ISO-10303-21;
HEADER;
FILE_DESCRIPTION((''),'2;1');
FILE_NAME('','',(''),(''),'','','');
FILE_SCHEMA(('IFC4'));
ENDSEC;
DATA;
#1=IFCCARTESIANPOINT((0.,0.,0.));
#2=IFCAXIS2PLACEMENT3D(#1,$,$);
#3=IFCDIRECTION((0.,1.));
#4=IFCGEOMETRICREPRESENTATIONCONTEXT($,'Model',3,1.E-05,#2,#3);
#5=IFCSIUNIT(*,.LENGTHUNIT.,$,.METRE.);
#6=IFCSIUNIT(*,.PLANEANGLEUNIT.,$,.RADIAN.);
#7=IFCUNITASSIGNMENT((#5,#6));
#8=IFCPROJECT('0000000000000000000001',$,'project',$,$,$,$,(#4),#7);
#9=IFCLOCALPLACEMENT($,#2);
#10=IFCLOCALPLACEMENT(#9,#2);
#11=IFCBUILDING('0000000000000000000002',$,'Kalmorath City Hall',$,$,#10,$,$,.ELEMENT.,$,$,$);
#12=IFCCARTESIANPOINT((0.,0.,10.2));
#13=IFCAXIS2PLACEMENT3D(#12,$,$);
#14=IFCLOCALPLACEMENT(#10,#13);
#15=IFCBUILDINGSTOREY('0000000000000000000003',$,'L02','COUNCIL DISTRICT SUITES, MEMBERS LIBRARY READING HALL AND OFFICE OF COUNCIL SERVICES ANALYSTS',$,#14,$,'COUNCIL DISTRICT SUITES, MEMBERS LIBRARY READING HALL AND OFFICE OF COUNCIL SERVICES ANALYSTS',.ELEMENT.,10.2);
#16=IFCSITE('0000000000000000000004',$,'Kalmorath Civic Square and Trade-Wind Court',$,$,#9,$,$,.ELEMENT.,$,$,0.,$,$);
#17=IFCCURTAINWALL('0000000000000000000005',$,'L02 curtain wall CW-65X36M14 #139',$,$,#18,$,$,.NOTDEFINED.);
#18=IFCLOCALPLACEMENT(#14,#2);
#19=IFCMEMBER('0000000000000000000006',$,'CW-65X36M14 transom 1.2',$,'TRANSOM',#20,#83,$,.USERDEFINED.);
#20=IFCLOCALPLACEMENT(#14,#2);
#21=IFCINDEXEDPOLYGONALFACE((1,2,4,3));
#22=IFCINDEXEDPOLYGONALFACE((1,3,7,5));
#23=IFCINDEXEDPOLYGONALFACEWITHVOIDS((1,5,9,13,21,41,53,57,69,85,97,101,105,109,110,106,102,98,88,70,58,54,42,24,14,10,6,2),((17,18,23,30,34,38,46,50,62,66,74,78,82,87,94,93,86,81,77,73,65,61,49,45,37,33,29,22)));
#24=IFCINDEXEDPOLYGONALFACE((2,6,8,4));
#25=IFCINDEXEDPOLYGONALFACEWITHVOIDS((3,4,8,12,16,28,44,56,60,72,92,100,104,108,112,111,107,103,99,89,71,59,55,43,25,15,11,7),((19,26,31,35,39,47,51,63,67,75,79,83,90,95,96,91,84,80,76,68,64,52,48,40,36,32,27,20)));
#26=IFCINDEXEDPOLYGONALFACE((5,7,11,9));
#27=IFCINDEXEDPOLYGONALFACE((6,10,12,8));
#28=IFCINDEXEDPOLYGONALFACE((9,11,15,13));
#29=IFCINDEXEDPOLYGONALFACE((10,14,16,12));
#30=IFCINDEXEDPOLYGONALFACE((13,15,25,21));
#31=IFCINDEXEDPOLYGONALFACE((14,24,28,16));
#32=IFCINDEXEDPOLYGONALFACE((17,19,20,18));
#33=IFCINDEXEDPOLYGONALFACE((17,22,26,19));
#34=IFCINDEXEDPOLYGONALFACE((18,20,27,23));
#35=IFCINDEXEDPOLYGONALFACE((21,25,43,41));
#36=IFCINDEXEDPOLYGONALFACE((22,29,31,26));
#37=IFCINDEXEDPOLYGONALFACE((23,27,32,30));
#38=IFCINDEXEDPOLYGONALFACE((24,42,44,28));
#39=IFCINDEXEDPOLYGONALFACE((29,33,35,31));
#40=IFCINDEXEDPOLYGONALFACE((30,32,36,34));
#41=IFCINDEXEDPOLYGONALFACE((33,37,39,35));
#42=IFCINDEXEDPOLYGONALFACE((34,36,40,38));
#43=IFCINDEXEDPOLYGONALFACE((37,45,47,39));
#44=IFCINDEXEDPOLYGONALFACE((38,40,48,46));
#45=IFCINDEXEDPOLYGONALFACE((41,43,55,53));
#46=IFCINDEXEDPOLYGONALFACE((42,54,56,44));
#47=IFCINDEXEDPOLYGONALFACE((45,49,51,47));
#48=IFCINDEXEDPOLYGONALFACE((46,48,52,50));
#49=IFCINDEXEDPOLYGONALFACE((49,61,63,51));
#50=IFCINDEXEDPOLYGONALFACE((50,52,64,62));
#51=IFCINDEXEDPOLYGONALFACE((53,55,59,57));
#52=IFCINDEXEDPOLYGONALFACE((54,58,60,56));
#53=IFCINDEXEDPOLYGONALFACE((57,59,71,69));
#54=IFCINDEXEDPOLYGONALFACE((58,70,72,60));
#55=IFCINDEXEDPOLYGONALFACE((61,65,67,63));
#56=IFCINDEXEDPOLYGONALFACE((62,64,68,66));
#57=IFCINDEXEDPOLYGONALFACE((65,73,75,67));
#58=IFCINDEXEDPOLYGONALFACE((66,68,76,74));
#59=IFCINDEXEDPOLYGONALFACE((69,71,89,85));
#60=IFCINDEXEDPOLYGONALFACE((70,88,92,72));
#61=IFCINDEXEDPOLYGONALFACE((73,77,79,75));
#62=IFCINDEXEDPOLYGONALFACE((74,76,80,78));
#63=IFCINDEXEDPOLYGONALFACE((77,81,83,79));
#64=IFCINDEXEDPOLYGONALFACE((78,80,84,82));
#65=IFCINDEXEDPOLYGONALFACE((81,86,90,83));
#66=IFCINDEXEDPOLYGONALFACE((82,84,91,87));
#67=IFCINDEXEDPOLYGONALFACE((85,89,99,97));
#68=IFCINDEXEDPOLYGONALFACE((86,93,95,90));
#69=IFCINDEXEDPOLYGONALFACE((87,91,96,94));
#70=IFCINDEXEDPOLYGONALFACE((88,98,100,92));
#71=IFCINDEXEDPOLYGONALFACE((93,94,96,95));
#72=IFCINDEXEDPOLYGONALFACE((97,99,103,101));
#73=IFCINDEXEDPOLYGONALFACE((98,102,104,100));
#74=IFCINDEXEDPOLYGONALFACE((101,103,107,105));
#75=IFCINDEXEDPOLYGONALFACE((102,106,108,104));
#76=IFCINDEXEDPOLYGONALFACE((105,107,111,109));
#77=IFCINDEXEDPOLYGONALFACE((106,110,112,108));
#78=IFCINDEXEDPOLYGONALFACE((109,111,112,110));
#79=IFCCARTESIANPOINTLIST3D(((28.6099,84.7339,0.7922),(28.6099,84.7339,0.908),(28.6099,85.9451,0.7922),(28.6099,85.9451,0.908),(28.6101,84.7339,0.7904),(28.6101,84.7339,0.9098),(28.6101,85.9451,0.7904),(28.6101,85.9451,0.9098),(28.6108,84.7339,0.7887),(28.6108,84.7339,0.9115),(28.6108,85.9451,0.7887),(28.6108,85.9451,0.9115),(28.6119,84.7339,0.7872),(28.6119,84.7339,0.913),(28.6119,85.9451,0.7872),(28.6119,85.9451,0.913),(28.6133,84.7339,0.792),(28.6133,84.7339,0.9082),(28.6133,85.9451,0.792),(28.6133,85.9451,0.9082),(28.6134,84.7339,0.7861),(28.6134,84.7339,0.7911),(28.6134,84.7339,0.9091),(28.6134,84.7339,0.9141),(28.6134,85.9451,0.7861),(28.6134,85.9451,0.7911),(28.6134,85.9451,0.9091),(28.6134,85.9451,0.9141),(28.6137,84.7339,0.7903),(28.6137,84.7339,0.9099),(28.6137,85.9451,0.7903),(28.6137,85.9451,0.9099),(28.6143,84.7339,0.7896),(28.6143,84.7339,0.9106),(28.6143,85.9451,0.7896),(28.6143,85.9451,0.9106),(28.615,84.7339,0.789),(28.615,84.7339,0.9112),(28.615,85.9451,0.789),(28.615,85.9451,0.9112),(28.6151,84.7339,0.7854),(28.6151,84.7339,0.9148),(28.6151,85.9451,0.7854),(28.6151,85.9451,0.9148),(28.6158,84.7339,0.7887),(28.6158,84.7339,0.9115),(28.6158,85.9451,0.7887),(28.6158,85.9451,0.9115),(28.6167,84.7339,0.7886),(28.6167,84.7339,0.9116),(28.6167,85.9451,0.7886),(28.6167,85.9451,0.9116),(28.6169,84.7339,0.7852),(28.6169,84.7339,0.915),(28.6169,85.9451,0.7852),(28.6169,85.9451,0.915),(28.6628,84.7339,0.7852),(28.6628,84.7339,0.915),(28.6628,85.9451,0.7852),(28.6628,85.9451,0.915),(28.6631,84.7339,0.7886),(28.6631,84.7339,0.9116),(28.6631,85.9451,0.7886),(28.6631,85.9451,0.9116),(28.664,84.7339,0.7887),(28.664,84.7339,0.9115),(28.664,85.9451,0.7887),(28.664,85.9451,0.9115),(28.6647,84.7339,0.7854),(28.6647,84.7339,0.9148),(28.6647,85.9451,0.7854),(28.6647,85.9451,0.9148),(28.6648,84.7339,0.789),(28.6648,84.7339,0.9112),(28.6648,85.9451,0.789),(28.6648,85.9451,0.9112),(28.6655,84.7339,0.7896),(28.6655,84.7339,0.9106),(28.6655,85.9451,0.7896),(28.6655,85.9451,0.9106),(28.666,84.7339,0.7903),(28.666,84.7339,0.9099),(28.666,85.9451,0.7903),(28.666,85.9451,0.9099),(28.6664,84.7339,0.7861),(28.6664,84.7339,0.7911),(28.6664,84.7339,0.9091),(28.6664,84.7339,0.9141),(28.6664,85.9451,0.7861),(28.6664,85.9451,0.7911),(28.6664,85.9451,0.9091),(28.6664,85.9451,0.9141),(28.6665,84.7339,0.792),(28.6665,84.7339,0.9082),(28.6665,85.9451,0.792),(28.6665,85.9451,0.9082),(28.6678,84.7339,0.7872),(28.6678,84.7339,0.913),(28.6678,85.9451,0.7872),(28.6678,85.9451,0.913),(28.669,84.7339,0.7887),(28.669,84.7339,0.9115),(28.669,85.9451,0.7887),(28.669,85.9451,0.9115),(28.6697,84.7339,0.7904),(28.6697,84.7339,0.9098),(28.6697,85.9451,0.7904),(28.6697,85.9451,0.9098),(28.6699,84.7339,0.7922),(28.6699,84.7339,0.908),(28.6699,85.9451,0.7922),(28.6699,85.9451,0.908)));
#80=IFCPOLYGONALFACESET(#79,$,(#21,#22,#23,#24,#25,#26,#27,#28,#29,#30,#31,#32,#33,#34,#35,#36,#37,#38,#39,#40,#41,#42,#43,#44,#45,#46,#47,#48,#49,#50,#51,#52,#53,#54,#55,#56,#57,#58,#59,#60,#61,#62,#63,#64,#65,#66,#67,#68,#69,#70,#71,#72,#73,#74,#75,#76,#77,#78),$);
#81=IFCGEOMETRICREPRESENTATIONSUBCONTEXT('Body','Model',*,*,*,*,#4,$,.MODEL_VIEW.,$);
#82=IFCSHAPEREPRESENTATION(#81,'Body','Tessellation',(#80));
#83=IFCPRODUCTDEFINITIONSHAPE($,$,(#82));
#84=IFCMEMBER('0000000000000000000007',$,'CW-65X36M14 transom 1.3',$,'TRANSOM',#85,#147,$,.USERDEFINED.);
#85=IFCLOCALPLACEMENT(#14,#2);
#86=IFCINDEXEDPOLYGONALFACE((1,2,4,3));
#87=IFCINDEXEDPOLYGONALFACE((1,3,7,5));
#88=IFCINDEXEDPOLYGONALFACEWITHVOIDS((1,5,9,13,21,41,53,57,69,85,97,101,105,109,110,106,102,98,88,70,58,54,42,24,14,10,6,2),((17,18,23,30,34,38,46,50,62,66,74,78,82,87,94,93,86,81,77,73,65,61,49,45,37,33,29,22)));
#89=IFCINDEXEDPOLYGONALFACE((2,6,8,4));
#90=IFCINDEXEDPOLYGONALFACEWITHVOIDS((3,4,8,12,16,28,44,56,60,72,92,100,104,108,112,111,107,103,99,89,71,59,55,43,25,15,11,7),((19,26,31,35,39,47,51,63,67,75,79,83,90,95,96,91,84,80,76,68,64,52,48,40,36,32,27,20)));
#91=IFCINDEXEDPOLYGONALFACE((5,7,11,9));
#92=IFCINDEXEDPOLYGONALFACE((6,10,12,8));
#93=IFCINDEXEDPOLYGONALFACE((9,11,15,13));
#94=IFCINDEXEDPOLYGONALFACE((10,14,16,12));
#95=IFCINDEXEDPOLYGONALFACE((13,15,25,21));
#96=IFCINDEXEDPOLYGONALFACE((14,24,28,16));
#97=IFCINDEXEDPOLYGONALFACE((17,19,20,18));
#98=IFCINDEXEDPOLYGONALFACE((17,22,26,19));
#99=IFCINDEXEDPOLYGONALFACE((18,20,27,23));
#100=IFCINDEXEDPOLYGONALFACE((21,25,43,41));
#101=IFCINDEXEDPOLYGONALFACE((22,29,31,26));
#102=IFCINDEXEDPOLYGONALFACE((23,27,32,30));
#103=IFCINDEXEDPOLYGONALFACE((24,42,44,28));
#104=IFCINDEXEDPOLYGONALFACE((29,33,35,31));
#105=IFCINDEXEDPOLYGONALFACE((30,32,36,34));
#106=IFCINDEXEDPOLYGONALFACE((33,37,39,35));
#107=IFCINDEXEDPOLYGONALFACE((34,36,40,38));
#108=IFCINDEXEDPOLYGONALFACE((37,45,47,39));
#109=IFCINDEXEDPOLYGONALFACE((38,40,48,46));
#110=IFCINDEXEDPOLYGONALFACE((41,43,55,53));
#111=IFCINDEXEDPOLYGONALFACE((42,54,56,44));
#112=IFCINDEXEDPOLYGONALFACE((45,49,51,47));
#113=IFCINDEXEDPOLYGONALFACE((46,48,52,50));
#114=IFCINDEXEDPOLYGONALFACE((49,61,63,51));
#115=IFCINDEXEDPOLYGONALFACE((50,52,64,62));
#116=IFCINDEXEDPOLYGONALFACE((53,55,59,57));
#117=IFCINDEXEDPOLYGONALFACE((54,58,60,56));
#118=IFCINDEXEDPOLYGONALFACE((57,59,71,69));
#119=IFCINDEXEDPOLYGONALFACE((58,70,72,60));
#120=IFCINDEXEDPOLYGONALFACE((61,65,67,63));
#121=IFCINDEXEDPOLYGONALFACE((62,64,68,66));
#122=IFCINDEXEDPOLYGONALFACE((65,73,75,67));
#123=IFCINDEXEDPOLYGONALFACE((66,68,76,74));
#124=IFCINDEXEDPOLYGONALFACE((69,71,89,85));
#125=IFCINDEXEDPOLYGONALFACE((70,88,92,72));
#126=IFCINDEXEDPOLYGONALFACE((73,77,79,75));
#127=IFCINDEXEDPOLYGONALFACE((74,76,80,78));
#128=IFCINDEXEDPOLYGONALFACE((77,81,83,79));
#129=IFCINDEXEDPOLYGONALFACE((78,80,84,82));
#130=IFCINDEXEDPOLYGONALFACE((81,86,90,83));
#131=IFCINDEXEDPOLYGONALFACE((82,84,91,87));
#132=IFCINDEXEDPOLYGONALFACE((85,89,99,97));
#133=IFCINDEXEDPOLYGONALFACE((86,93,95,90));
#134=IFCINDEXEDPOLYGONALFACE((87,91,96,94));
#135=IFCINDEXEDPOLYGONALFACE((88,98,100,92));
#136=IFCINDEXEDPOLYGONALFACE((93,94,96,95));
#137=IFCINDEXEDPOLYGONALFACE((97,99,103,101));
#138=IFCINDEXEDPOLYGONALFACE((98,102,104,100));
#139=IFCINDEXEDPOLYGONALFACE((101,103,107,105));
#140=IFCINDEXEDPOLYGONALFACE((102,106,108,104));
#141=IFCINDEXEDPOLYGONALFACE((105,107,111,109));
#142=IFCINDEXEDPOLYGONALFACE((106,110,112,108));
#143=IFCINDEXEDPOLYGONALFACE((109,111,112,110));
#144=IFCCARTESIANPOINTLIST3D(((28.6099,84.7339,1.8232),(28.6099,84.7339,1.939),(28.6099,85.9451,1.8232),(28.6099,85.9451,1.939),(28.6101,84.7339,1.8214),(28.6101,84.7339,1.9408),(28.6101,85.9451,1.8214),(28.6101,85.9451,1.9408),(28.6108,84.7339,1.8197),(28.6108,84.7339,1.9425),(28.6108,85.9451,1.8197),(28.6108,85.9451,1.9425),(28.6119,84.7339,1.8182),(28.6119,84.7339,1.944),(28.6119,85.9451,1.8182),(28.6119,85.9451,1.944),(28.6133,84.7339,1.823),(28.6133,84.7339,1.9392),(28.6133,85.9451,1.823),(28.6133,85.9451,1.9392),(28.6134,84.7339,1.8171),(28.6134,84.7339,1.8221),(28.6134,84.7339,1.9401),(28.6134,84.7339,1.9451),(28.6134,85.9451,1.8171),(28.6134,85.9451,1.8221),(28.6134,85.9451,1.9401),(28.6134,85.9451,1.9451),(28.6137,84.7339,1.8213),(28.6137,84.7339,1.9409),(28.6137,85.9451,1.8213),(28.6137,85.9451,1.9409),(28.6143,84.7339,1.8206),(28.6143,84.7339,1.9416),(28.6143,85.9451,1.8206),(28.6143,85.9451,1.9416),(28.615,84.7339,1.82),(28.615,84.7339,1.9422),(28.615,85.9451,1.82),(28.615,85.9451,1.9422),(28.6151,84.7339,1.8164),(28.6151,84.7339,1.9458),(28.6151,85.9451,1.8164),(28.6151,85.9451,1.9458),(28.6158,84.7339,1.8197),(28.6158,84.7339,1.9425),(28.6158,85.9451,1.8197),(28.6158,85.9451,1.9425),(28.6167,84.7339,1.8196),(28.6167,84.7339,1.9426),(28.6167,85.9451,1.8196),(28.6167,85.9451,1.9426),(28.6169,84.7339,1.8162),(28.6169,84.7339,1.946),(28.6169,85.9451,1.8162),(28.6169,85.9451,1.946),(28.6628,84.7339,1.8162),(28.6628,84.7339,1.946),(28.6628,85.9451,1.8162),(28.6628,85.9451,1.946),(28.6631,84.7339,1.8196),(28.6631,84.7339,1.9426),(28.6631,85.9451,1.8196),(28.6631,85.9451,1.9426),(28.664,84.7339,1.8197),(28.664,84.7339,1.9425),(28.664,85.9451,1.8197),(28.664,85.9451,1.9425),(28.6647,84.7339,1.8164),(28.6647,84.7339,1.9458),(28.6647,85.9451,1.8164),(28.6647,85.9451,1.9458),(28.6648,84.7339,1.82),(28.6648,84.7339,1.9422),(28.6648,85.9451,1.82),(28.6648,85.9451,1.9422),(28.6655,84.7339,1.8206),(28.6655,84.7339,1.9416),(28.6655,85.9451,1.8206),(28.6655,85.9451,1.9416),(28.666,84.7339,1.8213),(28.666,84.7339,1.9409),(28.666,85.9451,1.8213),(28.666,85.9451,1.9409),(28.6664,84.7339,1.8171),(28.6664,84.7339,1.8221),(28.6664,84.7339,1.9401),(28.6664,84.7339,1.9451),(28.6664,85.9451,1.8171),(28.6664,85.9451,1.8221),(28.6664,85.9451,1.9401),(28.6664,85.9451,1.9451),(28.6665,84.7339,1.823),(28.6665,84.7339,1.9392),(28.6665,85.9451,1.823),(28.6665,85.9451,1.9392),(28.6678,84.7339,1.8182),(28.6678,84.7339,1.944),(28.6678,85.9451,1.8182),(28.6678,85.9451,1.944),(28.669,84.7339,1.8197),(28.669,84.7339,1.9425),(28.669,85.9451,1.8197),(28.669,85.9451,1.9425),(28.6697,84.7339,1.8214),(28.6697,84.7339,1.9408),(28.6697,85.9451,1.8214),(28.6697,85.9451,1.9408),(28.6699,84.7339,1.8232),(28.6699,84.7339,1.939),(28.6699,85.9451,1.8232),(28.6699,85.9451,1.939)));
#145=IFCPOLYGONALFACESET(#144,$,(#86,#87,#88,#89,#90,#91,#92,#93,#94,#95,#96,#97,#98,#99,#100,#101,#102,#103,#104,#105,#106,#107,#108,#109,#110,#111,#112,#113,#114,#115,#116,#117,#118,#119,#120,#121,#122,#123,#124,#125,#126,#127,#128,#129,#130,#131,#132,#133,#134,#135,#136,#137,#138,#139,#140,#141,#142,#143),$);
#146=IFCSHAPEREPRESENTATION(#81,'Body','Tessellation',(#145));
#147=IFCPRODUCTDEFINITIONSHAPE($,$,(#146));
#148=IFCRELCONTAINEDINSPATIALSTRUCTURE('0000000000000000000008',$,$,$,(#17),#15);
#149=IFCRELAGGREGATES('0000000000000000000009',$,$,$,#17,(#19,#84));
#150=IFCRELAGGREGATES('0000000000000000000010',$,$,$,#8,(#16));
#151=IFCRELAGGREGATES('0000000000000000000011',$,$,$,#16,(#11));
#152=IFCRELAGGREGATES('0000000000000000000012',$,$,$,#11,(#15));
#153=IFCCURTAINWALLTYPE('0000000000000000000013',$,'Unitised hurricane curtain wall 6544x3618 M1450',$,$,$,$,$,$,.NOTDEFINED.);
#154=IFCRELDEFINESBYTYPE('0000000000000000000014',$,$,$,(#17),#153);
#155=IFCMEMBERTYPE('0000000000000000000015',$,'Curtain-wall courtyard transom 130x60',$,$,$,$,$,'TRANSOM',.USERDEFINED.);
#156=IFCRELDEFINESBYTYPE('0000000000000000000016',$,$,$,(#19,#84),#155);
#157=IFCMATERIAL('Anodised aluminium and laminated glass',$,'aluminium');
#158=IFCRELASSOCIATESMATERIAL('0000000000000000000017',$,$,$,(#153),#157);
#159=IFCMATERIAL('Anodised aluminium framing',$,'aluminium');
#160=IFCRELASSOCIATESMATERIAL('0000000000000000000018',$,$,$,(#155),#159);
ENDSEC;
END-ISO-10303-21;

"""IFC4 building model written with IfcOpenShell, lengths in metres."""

from ifc_helpers import new_model, si_unit, direction, frame, origin, origin_2d, place, context, subcontext, project, spatial, hollow_rectangle, extrude, material, material_profile, profile_set, type_object, element, aggregate, save


model = new_model("IFC4")

# Units and contexts
model_context = context("Model", 3, precision=1e-05, world=origin(), true_north=direction((0.0, 1.0)))
body_context = subcontext(model_context, "Body", "Model", "MODEL_VIEW")
ifc_project = project(units=[si_unit("LENGTHUNIT", "METRE"), si_unit("PLANEANGLEUNIT", "RADIAN")], contexts=[model_context])

# Site, building, storey
site_placement = place(None, origin())
site = spatial("IfcSite", under=ifc_project, at=site_placement, Name="Kalmorath Civic Square and Trade-Wind Court", CompositionType="ELEMENT", RefElevation=0.0)
building_placement = place(site_placement, origin())
building = spatial("IfcBuilding", under=site, at=building_placement, Name="Kalmorath City Hall", CompositionType="ELEMENT")
storey_placement = place(building_placement, frame((0.0, 0.0, 10.2)))
storey = spatial("IfcBuildingStorey", under=building, at=storey_placement, Name="L02", Description="COUNCIL DISTRICT SUITES, MEMBERS LIBRARY READING HALL AND OFFICE OF COUNCIL SERVICES ANALYSTS", LongName="COUNCIL DISTRICT SUITES, MEMBERS LIBRARY READING HALL AND OFFICE OF COUNCIL SERVICES ANALYSTS", CompositionType="ELEMENT", Elevation=10.2)

# Curtain wall, members
ifc_material_1 = material(Name="Anodised aluminium and laminated glass", Category="aluminium")
curtain_wall_type_1 = type_object("IfcCurtainWallType", Name="Unitised hurricane curtain wall 6544x3618 M1450", PredefinedType="NOTDEFINED", material=ifc_material_1)
curtain_wall_1_placement = place(storey_placement, origin())
curtain_wall_1 = element("IfcCurtainWall", 1, at=curtain_wall_1_placement, inside=storey, type_object=curtain_wall_type_1, Name="L02 curtain wall CW-65X36M14 #139", PredefinedType="NOTDEFINED")
ifc_material_2 = material(Name="Anodised aluminium framing", Category="aluminium")
ifc_material_profile_1 = material_profile(ifc_material_2, hollow_rectangle(XDim=0.0601, YDim=0.1299, WallThickness=0.0034, InnerFilletRadius=0.0034, OuterFilletRadius=0.0071, at=origin_2d()), Name="ALU-TRN-130X60X3.5")
ifc_profile_set_1 = profile_set([ifc_material_profile_1], Name="Anodised aluminium framing")
member_type_1 = type_object("IfcMemberType", Name="Curtain-wall courtyard transom 130x60", ElementType="TRANSOM", PredefinedType="USERDEFINED", material=ifc_profile_set_1)
member_1_placement = place(storey_placement, frame((28.6399, 85.9451, 0.8501), z_axis=(0.0, -1.0, 0.0), x_axis=(1.0, 0.0, 0.0)))
member_1 = element("IfcMember", 2, at=member_1_placement, type_object=member_type_1, Name="CW-65X36M14 transom 1.2", ObjectType="TRANSOM", PredefinedType="USERDEFINED", context=body_context, shape_type="SweptSolid", body=[
    extrude(hollow_rectangle(XDim=0.0601, YDim=0.1299, WallThickness=0.0034, InnerFilletRadius=0.0034, OuterFilletRadius=0.0071, at=origin_2d()), origin(), (0.0, 0.0, 1.0), 1.2112),
])
member_2_placement = place(storey_placement, frame((28.6399, 85.9451, 1.8811), z_axis=(0.0, -1.0, 0.0), x_axis=(1.0, 0.0, 0.0)))
member_2 = element("IfcMember", 3, at=member_2_placement, type_object=member_type_1, Name="CW-65X36M14 transom 1.3", ObjectType="TRANSOM", PredefinedType="USERDEFINED", context=body_context, shape_type="SweptSolid", body=[
    extrude(hollow_rectangle(XDim=0.0601, YDim=0.1299, WallThickness=0.0034, InnerFilletRadius=0.0034, OuterFilletRadius=0.0071, at=origin_2d()), origin(), (0.0, 0.0, 1.0), 1.2112),
])

aggregate(curtain_wall_1, [member_1, member_2])

save(model, "model.ifc")
